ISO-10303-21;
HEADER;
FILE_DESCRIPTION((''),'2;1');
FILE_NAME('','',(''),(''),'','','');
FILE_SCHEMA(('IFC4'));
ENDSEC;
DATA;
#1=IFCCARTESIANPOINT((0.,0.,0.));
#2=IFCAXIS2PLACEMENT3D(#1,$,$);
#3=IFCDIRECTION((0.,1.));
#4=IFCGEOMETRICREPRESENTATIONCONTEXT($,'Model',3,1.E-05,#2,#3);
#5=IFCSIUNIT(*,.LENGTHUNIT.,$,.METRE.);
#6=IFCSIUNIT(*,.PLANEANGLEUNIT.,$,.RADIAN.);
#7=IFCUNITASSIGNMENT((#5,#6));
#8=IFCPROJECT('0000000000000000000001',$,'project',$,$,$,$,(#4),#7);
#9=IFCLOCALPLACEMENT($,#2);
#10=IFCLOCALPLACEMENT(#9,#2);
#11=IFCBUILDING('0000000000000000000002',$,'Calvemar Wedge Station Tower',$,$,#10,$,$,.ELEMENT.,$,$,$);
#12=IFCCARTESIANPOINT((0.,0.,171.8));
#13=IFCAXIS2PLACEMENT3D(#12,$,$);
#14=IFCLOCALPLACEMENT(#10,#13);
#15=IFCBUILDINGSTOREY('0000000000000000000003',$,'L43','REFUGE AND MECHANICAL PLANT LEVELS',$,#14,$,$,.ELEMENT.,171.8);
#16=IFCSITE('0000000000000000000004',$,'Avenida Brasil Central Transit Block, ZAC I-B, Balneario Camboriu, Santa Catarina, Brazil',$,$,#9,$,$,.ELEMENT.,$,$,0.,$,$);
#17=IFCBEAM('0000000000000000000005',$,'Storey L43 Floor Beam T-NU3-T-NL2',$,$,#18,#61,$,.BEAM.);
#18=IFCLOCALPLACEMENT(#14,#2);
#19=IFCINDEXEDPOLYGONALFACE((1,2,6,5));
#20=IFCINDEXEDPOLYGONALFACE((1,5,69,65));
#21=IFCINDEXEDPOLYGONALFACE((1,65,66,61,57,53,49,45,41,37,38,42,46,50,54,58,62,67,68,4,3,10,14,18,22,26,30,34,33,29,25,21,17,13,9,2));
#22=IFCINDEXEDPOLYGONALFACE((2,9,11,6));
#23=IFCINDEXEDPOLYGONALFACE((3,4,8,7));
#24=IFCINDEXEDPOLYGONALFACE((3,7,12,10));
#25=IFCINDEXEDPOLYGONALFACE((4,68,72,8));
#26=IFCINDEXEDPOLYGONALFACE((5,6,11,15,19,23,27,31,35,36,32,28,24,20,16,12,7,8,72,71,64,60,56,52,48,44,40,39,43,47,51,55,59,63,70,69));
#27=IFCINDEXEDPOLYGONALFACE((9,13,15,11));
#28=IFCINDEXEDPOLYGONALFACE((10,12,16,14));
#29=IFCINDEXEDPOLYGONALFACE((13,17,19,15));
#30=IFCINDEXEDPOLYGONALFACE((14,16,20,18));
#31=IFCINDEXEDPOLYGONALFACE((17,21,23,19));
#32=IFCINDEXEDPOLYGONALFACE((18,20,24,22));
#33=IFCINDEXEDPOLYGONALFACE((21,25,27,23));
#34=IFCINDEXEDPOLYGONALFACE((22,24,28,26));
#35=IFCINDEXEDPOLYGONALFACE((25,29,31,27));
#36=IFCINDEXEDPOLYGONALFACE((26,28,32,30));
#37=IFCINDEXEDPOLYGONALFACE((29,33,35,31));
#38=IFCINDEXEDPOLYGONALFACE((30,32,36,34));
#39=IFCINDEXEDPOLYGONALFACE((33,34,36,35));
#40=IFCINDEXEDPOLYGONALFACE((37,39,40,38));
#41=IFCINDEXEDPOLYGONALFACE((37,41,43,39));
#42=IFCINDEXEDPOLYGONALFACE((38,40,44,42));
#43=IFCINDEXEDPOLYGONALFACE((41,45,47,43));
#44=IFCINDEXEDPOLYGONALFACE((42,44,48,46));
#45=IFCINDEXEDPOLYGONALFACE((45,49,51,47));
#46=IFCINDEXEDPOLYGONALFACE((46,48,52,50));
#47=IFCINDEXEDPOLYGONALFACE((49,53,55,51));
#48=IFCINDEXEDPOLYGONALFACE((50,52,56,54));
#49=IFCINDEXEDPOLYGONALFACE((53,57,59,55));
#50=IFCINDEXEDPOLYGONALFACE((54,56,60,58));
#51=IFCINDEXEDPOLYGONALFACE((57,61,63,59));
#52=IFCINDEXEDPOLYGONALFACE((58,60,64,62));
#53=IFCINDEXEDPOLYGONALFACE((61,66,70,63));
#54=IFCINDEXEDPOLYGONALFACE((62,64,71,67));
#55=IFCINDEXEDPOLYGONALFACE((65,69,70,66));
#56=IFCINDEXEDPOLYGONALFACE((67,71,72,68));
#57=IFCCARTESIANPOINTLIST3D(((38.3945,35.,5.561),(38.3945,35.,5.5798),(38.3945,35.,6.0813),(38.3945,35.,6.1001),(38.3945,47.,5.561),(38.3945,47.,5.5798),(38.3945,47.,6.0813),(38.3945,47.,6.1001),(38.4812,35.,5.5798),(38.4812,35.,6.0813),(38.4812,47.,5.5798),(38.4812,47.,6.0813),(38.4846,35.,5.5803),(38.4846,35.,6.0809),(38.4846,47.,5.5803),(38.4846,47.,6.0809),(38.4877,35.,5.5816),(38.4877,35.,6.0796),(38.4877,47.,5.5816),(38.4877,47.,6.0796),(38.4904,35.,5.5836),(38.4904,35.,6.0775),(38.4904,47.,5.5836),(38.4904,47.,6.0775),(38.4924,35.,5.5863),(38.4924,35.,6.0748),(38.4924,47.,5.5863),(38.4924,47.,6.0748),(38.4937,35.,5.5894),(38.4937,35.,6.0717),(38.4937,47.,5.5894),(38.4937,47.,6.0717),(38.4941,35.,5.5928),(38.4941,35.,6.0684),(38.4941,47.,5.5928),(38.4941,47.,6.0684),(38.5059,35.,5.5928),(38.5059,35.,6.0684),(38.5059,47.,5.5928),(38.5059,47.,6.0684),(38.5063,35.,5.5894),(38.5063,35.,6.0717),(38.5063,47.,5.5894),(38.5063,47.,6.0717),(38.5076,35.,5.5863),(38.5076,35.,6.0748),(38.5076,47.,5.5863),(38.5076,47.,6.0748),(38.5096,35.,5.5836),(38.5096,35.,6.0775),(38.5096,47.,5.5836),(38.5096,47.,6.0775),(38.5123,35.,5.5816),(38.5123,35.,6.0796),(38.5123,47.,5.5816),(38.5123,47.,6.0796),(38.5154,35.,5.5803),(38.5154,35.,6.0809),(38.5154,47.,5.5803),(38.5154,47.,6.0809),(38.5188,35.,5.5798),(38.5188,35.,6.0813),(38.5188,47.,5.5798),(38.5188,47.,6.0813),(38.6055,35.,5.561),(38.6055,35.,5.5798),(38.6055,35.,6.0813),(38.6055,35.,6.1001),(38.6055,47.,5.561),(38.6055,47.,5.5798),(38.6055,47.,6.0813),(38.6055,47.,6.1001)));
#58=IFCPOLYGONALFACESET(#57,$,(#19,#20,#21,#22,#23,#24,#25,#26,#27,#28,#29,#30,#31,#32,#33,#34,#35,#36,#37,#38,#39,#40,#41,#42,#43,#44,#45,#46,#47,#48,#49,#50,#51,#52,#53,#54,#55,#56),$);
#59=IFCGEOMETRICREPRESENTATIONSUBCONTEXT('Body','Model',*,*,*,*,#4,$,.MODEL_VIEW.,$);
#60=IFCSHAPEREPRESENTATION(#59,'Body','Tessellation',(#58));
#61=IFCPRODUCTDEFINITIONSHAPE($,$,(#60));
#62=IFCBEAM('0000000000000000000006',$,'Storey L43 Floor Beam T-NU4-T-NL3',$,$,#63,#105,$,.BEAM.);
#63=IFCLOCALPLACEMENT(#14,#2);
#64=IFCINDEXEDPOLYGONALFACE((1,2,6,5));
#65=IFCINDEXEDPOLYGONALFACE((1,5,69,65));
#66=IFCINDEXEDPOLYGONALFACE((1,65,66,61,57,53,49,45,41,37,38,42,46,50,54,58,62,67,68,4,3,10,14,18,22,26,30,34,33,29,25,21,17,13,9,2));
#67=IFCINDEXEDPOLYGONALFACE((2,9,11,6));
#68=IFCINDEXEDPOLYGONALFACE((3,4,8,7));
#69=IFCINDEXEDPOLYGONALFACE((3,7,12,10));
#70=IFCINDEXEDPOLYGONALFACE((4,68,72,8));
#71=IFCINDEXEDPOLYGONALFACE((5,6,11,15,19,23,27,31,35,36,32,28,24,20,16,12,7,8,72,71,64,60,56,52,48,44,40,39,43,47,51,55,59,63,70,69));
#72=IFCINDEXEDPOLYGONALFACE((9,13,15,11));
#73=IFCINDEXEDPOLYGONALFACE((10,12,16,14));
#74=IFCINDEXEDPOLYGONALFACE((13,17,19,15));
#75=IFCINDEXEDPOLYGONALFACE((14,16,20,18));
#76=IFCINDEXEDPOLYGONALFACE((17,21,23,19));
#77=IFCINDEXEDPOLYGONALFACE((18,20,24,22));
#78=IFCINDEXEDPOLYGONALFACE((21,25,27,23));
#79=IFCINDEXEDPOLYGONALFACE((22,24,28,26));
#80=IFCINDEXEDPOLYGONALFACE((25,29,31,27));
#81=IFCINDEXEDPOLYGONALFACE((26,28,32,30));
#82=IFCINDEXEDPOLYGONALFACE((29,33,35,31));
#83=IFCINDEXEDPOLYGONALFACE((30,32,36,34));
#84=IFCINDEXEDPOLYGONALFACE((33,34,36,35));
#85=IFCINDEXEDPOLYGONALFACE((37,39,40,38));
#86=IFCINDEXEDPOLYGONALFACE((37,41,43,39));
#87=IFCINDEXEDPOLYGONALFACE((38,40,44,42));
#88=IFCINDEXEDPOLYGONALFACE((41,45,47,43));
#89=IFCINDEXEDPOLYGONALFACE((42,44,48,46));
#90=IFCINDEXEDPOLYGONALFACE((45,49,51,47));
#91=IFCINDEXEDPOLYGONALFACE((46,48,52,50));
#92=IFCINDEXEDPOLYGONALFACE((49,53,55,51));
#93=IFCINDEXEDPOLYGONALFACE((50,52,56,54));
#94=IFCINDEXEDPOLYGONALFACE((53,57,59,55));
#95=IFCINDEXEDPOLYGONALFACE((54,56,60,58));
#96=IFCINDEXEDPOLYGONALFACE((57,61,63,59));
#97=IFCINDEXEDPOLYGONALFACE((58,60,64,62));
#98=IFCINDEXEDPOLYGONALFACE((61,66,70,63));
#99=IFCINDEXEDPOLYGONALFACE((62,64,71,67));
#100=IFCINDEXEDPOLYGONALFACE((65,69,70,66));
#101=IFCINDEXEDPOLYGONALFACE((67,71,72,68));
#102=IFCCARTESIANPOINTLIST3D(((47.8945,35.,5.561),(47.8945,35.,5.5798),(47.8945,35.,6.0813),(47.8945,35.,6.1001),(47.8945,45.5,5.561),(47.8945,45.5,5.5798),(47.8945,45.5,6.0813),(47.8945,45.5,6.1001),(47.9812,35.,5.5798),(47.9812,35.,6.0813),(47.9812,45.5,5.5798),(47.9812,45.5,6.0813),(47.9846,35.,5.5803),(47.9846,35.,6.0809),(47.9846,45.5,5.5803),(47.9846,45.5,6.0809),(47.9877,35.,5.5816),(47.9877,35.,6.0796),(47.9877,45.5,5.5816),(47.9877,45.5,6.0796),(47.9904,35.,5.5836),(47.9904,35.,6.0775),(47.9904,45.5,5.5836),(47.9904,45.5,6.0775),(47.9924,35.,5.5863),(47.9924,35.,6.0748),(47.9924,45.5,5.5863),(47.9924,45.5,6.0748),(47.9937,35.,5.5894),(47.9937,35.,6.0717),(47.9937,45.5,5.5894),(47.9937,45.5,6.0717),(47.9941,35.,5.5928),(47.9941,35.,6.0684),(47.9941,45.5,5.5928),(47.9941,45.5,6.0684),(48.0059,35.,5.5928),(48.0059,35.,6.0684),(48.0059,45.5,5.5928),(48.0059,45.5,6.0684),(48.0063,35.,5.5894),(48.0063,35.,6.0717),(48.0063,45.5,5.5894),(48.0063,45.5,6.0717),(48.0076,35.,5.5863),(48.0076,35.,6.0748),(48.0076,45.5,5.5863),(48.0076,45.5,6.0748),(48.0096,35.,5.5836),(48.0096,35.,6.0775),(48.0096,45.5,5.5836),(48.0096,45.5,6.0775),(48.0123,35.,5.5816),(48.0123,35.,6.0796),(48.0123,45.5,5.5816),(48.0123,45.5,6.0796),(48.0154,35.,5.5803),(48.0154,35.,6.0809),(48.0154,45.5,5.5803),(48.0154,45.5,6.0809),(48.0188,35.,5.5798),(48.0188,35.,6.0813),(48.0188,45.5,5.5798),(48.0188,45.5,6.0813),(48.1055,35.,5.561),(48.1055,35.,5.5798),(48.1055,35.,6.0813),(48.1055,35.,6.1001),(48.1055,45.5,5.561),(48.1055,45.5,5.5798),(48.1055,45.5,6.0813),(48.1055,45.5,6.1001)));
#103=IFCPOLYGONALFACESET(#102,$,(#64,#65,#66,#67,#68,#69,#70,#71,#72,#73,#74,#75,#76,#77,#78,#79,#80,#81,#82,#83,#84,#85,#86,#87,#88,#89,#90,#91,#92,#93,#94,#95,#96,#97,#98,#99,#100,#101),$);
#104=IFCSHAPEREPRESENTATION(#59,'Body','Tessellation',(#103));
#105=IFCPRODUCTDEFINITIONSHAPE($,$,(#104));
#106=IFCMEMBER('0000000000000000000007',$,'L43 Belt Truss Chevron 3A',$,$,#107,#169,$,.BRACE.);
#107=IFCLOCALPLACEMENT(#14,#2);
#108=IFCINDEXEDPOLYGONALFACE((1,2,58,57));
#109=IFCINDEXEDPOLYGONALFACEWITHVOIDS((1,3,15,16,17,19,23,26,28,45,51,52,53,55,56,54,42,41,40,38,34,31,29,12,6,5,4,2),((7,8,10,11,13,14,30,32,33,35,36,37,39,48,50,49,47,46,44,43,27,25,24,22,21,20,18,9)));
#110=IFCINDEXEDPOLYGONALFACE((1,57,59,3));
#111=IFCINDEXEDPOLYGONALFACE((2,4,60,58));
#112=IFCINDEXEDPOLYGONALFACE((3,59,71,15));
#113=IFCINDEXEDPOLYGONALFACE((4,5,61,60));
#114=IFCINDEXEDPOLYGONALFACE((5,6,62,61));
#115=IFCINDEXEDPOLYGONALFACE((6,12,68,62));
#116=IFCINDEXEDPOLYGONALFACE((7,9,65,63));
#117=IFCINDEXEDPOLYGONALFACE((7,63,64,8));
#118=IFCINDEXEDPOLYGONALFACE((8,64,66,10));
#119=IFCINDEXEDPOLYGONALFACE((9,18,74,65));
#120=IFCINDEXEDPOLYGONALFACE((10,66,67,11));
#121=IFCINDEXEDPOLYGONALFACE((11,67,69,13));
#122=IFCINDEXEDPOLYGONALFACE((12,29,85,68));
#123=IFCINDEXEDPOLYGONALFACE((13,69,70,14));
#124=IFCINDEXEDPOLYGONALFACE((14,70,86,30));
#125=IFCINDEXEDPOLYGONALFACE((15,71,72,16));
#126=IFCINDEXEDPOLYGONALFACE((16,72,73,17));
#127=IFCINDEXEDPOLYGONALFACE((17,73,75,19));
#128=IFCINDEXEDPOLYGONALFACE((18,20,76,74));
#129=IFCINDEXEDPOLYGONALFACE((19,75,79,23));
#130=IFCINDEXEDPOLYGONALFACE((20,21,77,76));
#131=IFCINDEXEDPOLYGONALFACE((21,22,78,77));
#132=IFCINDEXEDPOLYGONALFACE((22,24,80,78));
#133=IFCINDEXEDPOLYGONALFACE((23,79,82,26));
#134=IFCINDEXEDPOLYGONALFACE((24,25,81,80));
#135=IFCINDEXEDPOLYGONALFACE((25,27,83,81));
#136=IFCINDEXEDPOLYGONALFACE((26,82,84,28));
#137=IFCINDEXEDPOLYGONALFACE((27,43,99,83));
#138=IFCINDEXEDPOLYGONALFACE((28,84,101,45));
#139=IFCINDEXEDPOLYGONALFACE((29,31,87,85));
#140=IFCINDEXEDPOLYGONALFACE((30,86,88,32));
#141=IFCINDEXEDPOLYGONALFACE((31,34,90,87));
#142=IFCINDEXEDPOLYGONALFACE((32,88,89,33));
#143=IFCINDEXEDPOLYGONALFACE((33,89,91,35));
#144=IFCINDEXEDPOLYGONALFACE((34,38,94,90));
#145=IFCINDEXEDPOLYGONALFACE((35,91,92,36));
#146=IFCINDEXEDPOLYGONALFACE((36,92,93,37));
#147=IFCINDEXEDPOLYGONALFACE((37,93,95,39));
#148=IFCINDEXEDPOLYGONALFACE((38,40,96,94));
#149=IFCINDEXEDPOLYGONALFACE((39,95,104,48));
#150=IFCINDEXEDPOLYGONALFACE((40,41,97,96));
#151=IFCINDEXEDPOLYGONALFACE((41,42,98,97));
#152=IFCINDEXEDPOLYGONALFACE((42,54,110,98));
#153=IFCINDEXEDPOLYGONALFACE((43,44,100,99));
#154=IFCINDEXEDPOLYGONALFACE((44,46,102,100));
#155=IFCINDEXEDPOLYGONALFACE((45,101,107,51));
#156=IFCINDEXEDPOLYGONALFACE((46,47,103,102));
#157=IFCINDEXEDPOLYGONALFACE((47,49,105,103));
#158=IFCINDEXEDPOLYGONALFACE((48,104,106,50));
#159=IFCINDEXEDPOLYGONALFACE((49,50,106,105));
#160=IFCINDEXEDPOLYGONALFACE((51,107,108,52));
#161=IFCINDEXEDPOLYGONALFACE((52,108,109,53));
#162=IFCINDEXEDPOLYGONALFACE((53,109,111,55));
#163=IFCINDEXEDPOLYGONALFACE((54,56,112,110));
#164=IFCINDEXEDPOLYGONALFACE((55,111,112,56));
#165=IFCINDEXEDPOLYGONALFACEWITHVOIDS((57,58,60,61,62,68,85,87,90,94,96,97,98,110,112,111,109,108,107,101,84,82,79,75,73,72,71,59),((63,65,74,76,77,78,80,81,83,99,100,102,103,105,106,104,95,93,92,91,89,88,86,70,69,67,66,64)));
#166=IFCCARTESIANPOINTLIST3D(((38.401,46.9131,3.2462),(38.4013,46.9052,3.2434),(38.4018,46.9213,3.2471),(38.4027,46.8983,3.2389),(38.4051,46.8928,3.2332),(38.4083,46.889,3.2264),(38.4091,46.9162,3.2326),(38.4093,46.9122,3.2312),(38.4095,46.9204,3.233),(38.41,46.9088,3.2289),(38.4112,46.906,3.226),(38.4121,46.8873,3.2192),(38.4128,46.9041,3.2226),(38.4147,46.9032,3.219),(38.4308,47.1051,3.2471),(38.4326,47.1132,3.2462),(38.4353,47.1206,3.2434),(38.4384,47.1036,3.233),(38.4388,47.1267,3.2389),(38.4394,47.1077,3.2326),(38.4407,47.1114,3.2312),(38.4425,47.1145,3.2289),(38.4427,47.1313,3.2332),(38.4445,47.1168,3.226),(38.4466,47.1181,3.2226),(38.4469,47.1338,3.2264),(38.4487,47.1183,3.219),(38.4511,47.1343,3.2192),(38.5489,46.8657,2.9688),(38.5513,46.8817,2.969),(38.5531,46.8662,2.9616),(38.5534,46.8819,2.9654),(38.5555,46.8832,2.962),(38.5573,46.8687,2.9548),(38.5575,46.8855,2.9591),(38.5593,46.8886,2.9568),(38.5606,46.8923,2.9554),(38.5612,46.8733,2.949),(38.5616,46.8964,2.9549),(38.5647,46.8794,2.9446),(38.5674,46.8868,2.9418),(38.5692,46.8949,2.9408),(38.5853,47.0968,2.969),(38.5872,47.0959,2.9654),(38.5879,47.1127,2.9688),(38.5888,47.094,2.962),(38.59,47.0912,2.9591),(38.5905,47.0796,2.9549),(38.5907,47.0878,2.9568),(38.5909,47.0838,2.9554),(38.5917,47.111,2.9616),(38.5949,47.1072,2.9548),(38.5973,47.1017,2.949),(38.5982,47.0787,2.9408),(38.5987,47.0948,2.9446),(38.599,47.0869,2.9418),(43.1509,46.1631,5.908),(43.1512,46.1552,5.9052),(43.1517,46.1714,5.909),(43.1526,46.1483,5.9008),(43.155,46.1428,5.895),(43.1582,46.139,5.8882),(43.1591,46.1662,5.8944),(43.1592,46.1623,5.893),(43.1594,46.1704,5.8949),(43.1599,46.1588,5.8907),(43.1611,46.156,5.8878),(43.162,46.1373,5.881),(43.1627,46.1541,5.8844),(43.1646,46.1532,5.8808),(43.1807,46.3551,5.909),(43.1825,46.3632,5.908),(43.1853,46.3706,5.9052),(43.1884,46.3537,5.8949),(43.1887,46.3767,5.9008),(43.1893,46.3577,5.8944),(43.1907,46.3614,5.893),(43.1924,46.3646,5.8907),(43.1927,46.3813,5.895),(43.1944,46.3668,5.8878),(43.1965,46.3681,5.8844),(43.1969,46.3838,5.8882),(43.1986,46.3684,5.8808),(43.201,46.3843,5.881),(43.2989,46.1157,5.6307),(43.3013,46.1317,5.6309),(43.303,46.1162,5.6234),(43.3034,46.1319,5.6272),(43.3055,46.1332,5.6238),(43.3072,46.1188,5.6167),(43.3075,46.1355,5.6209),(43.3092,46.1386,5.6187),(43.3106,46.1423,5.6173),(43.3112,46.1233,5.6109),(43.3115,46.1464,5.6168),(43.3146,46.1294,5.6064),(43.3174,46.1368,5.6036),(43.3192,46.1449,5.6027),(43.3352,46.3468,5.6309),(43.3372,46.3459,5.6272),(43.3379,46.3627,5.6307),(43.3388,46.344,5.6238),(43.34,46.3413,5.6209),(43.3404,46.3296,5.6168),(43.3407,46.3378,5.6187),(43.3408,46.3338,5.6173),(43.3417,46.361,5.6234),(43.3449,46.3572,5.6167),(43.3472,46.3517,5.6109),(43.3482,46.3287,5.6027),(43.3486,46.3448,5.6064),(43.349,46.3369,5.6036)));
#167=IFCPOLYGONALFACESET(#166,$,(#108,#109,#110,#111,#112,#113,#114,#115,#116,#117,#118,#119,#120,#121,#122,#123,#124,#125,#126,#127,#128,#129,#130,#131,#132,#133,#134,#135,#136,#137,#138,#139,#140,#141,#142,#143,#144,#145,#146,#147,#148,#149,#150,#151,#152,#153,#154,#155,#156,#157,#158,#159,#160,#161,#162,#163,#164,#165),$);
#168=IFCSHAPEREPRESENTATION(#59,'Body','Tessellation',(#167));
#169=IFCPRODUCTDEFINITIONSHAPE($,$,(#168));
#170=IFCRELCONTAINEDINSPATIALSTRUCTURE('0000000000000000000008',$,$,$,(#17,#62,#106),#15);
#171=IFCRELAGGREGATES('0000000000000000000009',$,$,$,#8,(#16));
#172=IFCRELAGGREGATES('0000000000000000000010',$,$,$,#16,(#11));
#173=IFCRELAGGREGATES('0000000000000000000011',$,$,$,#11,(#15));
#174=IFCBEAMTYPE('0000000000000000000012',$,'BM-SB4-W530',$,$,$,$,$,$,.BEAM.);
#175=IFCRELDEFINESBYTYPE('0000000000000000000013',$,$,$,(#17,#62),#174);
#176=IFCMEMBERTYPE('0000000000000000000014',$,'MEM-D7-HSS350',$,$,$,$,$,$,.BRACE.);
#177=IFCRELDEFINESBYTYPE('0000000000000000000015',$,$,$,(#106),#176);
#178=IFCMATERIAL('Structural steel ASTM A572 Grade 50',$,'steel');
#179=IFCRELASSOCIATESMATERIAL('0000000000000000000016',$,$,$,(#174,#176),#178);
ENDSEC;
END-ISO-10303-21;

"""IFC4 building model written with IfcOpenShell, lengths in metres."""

from ifc_helpers import new_model, si_unit, direction, frame, origin, origin_2d, place, context, subcontext, project, spatial, hollow_rectangle, i_section, extrude, source, transform, mapped, material, material_profile, profile_set, type_object, element, save


model = new_model("IFC4")

# Units and contexts
model_context = context("Model", 3, precision=1e-05, world=origin(), true_north=direction((0.0, 1.0)))
body_context = subcontext(model_context, "Body", "Model", "MODEL_VIEW")
ifc_project = project(units=[si_unit("LENGTHUNIT", "METRE"), si_unit("PLANEANGLEUNIT", "RADIAN")], contexts=[model_context])

# Site, building, storey
site_placement = place(None, origin())
site = spatial("IfcSite", under=ifc_project, at=site_placement, Name="Avenida Brasil Central Transit Block, ZAC I-B, Balneario Camboriu, Santa Catarina, Brazil", CompositionType="ELEMENT", RefElevation=0.0)
building_placement = place(site_placement, origin())
building = spatial("IfcBuilding", under=site, at=building_placement, Name="Calvemar Wedge Station Tower", CompositionType="ELEMENT")
storey_placement = place(building_placement, frame((0.0, 0.0, 171.8)))
storey = spatial("IfcBuildingStorey", under=building, at=storey_placement, Name="L43", Description="REFUGE AND MECHANICAL PLANT LEVELS", CompositionType="ELEMENT", Elevation=171.8)

# Beams
ifc_material_1 = material(Name="Structural steel ASTM A572 Grade 50", Category="steel")
ifc_material_profile_1 = material_profile(ifc_material_1, i_section(OverallWidth=0.2109, OverallDepth=0.5391, WebThickness=0.0117, FlangeThickness=0.0188, FilletRadius=0.0129, at=origin_2d()), Name="W530x109")
ifc_profile_set_1 = profile_set([ifc_material_profile_1], Name="Structural steel ASTM A572 Grade 50")
beam_type_1 = type_object("IfcBeamType", Name="BM-SB4-W530", PredefinedType="BEAM", material=ifc_profile_set_1)
shared_shape_1 = source(origin(), body_context, "Body", "SweptSolid", [
    extrude(i_section(OverallWidth=0.2109, OverallDepth=0.5391, WebThickness=0.0117, FlangeThickness=0.0188, FilletRadius=0.0129, at=origin_2d()), origin(), (0.0, 0.0, 1.0), 12.0),
])
beam_1_placement = place(storey_placement, frame((38.5, 47.0, 5.8306), z_axis=(0.0, -1.0, 0.0), x_axis=(1.0, 0.0, 0.0)))
element("IfcBeam", 1, at=beam_1_placement, inside=storey, type_object=beam_type_1, Name="Storey L43 Floor Beam T-NU3-T-NL2", PredefinedType="BEAM", context=body_context, shape_type="MappedRepresentation", body=[
    mapped(shared_shape_1, transform((0.0, 0.0, 0.0), scale=1.0)),
])
shared_shape_2 = source(origin(), body_context, "Body", "SweptSolid", [
    extrude(i_section(OverallWidth=0.2109, OverallDepth=0.5391, WebThickness=0.0117, FlangeThickness=0.0188, FilletRadius=0.0129, at=origin_2d()), origin(), (0.0, 0.0, 1.0), 10.5),
])
beam_2_placement = place(storey_placement, frame((48.0, 45.5, 5.8306), z_axis=(0.0, -1.0, 0.0), x_axis=(1.0, 0.0, 0.0)))
element("IfcBeam", 2, at=beam_2_placement, inside=storey, type_object=beam_type_1, Name="Storey L43 Floor Beam T-NU4-T-NL3", PredefinedType="BEAM", context=body_context, shape_type="MappedRepresentation", body=[
    mapped(shared_shape_2, transform((0.0, 0.0, 0.0), scale=1.0)),
])

# Member
ifc_material_profile_2 = material_profile(ifc_material_1, hollow_rectangle(XDim=0.25, YDim=0.3501, WallThickness=0.0161, InnerFilletRadius=0.0161, OuterFilletRadius=0.032, at=origin_2d()), Name="HSS350x250x16")
ifc_profile_set_2 = profile_set([ifc_material_profile_2], Name="Structural steel ASTM A572 Grade 50")
member_type = type_object("IfcMemberType", Name="MEM-D7-HSS350", PredefinedType="BRACE", material=ifc_profile_set_2)
shared_shape_3 = source(origin(), body_context, "Body", "SweptSolid", [
    extrude(hollow_rectangle(XDim=0.25, YDim=0.3501, WallThickness=0.0161, InnerFilletRadius=0.0161, OuterFilletRadius=0.032, at=origin_2d()), origin(), (0.0, 0.0, 1.0), 5.4963),
])
for number, where, z_axis, x_axis, name in (
    (3, (38.5, 47.0, 3.094), (0.8642, -0.136453, 0.484292), (0.155963, 0.987763, 0.0), "L43 Belt Truss Chevron 3A"),
):
    element("IfcMember", number, at=place(storey_placement, frame(where, z_axis=z_axis, x_axis=x_axis)), inside=storey, type_object=member_type, Name=name, PredefinedType="BRACE", context=body_context, shape_type="MappedRepresentation", body=[
        mapped(shared_shape_3, transform((0.0, 0.0, 0.0), scale=1.0)),
    ])

save(model, "model.ifc")
